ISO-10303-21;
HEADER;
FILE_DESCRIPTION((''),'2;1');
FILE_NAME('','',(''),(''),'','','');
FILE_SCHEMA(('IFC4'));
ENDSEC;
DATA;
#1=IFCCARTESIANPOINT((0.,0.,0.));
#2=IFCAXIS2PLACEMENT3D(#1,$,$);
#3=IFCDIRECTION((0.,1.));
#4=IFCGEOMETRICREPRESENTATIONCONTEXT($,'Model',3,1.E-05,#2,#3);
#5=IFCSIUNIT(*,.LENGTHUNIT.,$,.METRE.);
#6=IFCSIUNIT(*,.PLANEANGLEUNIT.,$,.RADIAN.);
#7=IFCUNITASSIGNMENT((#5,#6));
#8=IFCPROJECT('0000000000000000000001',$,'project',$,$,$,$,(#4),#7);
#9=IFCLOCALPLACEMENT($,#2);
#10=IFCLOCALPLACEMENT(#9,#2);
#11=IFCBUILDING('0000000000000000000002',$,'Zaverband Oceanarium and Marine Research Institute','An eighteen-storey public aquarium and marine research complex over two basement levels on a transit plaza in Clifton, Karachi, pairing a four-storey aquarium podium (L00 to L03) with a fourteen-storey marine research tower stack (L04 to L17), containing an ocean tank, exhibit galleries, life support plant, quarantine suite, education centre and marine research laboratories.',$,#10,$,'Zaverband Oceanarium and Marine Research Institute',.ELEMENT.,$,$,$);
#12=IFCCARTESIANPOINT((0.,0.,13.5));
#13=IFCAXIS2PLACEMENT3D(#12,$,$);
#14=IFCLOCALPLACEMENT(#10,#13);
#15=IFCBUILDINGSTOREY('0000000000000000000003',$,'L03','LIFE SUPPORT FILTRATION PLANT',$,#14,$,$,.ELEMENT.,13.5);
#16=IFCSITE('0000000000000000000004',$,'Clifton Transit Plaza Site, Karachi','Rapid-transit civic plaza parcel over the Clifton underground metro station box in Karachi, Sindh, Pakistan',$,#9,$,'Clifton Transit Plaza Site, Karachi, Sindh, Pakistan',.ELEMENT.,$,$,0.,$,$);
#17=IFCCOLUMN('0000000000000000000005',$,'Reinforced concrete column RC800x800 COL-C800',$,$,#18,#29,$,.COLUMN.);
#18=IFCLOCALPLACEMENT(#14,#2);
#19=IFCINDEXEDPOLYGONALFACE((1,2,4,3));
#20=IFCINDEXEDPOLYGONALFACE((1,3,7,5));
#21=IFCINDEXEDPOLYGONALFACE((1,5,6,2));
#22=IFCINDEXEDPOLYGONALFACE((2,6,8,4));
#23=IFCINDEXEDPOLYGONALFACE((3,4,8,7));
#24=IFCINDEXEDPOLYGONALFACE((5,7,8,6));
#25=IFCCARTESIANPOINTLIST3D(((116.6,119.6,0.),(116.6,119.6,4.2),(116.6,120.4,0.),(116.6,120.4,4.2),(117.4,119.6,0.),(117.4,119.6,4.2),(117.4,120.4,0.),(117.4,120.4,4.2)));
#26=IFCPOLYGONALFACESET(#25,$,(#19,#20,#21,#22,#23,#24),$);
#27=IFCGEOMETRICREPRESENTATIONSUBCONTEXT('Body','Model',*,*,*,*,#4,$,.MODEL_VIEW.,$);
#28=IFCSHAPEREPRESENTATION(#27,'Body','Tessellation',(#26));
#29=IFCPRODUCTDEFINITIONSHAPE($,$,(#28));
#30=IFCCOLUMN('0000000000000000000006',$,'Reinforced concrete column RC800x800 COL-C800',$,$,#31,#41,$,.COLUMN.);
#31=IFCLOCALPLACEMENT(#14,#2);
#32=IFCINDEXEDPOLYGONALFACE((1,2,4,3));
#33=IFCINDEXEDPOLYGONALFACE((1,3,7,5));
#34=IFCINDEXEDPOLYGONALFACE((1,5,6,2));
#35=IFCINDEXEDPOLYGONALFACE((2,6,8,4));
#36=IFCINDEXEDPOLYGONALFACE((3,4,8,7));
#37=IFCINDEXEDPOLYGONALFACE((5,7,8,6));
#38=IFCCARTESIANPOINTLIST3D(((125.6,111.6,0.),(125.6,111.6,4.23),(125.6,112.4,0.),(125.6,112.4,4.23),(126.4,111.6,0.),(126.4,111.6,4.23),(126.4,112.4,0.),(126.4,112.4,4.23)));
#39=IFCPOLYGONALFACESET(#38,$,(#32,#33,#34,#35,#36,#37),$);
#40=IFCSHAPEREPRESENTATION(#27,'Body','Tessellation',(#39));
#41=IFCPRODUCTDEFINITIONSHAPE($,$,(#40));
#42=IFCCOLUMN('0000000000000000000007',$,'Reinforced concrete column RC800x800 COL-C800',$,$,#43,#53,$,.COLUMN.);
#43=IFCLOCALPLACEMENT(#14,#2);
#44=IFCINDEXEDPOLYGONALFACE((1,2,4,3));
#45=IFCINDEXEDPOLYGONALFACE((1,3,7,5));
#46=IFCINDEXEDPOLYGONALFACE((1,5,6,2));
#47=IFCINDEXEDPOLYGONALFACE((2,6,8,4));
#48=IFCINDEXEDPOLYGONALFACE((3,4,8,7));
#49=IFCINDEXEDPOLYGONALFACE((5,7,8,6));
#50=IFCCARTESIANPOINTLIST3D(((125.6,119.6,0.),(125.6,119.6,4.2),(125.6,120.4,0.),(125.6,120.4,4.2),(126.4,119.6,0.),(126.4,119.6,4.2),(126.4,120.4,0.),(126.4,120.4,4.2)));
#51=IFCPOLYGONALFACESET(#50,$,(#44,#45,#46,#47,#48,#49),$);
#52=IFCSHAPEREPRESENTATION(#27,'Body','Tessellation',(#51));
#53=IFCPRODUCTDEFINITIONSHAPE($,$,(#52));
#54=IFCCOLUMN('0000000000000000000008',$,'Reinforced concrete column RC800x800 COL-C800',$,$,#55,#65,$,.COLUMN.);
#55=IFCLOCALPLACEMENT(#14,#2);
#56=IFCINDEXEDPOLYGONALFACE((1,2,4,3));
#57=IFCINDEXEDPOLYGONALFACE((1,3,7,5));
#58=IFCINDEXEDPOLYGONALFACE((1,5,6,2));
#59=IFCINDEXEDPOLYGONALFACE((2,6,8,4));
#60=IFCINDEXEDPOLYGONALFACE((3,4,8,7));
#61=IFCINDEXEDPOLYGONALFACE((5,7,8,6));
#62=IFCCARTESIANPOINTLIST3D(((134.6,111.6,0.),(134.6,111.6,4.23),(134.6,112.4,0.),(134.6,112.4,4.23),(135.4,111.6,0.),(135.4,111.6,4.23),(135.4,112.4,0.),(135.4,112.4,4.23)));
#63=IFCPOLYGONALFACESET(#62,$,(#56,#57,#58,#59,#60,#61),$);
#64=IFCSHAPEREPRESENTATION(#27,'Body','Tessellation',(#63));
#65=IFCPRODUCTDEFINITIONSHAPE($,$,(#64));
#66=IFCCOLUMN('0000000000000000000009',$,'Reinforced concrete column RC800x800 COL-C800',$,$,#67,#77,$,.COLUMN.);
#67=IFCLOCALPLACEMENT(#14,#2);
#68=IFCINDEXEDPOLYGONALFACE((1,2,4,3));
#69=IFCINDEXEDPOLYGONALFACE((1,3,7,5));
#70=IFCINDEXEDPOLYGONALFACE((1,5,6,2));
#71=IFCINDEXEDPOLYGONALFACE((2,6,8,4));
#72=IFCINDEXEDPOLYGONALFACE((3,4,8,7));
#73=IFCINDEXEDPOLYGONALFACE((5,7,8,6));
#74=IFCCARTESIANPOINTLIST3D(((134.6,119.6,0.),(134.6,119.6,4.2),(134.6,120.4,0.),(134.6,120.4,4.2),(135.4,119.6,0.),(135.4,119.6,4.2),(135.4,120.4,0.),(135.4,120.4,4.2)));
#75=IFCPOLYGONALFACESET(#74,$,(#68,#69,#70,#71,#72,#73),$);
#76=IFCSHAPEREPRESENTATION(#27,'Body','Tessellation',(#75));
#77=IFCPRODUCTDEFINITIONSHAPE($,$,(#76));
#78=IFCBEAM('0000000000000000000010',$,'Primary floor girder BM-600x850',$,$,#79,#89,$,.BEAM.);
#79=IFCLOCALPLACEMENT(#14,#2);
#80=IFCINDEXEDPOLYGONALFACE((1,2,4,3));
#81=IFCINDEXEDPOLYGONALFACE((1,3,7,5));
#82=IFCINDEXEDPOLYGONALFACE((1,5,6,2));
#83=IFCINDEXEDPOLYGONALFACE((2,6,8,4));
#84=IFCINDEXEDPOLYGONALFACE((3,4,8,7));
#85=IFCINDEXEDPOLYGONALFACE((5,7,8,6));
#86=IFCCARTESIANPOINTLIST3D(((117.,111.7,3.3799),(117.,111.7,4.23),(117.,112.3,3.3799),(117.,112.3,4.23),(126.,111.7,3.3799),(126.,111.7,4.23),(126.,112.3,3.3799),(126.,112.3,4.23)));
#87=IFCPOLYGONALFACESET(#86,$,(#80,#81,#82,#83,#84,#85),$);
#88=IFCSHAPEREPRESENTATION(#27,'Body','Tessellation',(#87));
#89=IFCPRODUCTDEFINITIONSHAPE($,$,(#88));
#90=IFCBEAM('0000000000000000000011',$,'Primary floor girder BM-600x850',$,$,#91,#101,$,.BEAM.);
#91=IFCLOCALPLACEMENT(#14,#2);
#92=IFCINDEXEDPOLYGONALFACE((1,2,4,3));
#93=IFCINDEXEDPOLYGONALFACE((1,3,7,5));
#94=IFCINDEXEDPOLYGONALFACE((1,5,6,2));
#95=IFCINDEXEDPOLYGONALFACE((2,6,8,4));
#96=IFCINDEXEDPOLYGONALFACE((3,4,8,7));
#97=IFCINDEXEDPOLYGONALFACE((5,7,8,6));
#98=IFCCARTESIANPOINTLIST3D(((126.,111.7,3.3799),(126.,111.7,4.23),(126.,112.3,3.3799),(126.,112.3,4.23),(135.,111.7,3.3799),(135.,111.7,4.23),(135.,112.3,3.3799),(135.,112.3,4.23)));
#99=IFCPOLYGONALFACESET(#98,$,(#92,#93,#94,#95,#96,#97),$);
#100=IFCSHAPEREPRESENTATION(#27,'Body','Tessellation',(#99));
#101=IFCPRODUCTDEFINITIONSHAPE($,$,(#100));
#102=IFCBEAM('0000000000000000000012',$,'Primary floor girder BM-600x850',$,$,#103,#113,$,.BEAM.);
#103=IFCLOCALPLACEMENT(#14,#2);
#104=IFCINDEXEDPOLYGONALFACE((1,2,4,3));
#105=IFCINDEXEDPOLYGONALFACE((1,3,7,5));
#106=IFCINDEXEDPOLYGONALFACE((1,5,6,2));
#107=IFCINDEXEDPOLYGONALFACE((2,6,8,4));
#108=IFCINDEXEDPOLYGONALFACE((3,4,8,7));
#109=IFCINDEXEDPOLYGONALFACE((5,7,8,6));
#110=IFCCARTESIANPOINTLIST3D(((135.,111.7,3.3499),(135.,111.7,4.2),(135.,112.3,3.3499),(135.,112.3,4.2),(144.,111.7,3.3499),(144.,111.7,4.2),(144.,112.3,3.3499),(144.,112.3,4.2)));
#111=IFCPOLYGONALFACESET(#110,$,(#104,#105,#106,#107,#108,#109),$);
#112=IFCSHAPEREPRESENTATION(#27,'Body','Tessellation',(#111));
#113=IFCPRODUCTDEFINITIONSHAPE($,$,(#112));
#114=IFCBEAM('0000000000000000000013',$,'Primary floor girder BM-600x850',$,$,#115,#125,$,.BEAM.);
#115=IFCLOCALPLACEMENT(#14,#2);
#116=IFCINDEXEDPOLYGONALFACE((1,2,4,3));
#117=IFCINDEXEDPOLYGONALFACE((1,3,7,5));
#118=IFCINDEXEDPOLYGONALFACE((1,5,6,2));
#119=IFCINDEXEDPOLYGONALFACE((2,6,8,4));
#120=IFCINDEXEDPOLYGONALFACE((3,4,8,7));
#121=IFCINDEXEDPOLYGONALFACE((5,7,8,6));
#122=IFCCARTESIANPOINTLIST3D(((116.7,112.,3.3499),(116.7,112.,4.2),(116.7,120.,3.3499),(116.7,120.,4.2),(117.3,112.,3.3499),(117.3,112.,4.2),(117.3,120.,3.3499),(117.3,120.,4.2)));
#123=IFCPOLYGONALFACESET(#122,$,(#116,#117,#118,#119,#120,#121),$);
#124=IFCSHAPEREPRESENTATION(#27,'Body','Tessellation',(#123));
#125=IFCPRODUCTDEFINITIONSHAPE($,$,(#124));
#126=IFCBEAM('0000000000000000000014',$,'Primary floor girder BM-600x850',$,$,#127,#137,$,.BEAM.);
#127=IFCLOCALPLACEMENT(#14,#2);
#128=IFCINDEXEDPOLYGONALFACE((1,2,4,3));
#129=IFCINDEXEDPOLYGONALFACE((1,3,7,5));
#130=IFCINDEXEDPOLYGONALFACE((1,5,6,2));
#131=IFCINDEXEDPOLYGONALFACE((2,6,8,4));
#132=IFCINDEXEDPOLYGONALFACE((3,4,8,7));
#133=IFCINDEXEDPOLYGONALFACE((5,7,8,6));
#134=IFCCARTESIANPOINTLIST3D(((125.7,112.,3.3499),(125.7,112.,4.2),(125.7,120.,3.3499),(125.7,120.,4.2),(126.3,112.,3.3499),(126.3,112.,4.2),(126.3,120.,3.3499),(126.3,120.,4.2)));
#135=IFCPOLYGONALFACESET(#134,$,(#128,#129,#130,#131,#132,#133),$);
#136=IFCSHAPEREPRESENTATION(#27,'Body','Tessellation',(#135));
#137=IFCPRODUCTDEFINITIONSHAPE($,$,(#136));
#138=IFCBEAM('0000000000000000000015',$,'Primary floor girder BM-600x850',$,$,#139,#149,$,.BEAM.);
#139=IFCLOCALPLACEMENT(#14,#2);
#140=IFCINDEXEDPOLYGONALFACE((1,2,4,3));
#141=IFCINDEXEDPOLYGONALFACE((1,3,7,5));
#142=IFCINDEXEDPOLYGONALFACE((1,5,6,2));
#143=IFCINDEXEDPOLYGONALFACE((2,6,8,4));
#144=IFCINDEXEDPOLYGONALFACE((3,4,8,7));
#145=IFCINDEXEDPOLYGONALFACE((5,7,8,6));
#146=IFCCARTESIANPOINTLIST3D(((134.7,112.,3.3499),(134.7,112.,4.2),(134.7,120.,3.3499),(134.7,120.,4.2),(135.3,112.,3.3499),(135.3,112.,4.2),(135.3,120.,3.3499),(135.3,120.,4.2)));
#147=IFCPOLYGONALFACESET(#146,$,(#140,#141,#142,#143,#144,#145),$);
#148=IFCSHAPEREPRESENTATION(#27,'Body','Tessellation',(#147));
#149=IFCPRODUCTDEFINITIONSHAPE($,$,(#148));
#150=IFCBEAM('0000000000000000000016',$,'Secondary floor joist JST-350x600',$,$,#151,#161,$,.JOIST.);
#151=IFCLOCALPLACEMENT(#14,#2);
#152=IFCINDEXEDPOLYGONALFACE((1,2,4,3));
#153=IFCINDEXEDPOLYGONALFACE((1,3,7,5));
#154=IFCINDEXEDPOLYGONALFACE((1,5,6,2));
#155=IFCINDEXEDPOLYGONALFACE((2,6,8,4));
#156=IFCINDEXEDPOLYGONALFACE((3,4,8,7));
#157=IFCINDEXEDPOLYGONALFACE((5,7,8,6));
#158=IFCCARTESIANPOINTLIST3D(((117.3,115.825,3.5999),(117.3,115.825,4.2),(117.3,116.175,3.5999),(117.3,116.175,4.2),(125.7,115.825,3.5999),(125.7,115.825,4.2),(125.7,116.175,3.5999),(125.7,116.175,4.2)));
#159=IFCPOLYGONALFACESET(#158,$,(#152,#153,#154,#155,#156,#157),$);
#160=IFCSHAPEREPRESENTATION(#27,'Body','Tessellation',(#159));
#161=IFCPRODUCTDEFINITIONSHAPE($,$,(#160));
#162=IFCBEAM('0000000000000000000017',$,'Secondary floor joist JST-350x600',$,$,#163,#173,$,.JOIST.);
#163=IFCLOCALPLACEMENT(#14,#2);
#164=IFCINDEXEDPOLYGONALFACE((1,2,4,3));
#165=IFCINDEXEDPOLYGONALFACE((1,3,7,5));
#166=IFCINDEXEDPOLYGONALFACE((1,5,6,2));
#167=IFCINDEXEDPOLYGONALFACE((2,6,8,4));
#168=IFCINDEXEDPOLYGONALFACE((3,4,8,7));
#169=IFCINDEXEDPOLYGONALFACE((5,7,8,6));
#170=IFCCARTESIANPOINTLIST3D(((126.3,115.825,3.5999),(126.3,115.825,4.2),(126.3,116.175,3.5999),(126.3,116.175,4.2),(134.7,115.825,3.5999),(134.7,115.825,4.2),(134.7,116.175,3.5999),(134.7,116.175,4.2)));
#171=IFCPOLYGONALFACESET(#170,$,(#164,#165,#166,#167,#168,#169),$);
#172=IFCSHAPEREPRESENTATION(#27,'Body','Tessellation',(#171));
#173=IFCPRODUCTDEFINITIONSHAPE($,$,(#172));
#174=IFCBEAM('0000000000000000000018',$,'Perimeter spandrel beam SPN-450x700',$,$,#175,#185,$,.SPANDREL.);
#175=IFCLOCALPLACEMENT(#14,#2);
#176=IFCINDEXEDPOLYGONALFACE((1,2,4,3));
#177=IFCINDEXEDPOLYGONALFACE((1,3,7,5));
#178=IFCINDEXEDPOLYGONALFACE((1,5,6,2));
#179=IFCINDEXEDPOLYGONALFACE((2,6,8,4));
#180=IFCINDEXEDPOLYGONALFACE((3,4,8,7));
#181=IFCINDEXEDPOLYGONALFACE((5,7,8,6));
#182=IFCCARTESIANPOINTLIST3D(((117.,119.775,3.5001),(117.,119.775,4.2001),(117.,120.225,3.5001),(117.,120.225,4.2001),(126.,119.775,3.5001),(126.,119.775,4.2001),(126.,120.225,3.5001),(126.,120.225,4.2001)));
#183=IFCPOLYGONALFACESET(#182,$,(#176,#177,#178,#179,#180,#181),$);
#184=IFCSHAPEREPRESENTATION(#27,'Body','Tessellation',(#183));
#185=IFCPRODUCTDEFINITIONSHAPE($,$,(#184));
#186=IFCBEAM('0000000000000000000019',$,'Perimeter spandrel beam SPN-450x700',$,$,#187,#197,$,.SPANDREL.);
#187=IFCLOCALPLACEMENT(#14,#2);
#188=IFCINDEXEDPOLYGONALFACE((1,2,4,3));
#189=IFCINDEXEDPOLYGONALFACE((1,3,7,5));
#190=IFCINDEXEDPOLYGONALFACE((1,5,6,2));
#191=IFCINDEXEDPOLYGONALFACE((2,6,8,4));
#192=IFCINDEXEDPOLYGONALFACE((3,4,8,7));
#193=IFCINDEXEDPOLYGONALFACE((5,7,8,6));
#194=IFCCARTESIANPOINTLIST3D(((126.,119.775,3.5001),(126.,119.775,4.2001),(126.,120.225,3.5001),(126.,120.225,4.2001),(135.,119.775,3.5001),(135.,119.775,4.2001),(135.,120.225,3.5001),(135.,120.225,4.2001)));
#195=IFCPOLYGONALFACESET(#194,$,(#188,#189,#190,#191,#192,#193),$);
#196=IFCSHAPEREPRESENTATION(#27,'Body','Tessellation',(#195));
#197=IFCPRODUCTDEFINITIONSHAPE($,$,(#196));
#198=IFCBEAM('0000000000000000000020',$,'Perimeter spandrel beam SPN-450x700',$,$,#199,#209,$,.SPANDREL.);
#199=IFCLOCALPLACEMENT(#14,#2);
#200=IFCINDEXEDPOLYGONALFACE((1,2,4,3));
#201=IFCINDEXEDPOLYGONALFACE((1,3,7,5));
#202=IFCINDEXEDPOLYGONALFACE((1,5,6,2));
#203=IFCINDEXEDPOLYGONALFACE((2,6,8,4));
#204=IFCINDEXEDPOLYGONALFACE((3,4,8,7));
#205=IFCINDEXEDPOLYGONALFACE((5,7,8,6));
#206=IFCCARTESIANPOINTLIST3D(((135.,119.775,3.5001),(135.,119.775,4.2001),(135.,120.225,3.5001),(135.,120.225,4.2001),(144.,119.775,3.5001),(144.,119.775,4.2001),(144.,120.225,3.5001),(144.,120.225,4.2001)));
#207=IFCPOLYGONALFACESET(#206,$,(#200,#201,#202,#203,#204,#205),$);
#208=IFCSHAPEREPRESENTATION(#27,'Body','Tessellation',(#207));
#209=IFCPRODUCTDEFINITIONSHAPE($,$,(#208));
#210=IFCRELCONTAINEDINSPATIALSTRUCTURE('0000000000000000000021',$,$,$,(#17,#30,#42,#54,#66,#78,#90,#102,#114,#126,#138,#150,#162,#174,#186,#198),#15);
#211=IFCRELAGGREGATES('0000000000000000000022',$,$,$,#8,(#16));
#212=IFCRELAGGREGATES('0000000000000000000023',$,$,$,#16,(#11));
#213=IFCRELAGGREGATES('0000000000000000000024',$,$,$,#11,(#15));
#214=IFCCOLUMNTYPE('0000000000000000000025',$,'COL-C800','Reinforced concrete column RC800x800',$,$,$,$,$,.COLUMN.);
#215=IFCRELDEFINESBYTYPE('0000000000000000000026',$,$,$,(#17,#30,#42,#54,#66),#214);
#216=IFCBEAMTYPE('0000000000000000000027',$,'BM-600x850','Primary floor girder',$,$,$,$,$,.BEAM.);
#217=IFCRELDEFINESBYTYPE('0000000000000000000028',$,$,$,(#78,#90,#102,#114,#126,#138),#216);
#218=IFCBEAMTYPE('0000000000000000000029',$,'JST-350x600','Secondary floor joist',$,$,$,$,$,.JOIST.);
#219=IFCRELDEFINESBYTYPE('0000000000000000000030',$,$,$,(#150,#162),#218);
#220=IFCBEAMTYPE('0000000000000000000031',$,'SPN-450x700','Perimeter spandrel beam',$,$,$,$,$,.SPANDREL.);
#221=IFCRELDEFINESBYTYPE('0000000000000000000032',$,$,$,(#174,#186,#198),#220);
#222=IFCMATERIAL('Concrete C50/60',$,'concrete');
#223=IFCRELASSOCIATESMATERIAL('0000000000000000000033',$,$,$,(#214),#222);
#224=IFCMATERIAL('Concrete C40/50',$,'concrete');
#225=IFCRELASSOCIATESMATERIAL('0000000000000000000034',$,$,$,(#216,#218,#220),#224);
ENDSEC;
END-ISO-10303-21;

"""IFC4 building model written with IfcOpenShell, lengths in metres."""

from ifc_helpers import new_model, si_unit, direction, frame, origin, origin_2d, place, context, subcontext, project, spatial, rectangle, extrude, material, material_profile, profile_set, type_object, element, save


model = new_model("IFC4")

# Units and contexts
model_context = context("Model", 3, precision=1e-05, world=origin(), true_north=direction((0.0, 1.0)))
body_context = subcontext(model_context, "Body", "Model", "MODEL_VIEW")
ifc_project = project(units=[si_unit("LENGTHUNIT", "METRE"), si_unit("PLANEANGLEUNIT", "RADIAN")], contexts=[model_context])

# Site, building, storey
site_placement = place(None, origin())
site = spatial("IfcSite", under=ifc_project, at=site_placement, Name="Clifton Transit Plaza Site, Karachi", Description="Rapid-transit civic plaza parcel over the Clifton underground metro station box in Karachi, Sindh, Pakistan", LongName="Clifton Transit Plaza Site, Karachi, Sindh, Pakistan", CompositionType="ELEMENT", RefElevation=0.0)
building_placement = place(site_placement, origin())
building = spatial("IfcBuilding", under=site, at=building_placement, Name="Zaverband Oceanarium and Marine Research Institute", Description="An eighteen-storey public aquarium and marine research complex over two basement levels on a transit plaza in Clifton, Karachi, pairing a four-storey aquarium podium (L00 to L03) with a fourteen-storey marine research tower stack (L04 to L17), containing an ocean tank, exhibit galleries, life support plant, quarantine suite, education centre and marine research laboratories.", LongName="Zaverband Oceanarium and Marine Research Institute", CompositionType="ELEMENT")
storey_placement = place(building_placement, frame((0.0, 0.0, 13.5)))
storey = spatial("IfcBuildingStorey", under=building, at=storey_placement, Name="L03", Description="LIFE SUPPORT FILTRATION PLANT", CompositionType="ELEMENT", Elevation=13.5)

# Columns
ifc_material_1 = material(Name="Concrete C50/60", Category="concrete")
ifc_material_profile_1 = material_profile(ifc_material_1, rectangle(XDim=0.8, YDim=0.8, at=origin_2d()), Name="RC800x800")
ifc_profile_set_1 = profile_set([ifc_material_profile_1], Name="Concrete C50/60")
column_type = type_object("IfcColumnType", Name="COL-C800", Description="Reinforced concrete column RC800x800", PredefinedType="COLUMN", material=ifc_profile_set_1)
column_1_placement = place(storey_placement, frame((117.0, 120.0, 0.0), z_axis=(0.0, 0.0, 1.0), x_axis=(1.0, 0.0, 0.0)))
element("IfcColumn", 1, at=column_1_placement, inside=storey, type_object=column_type, Name="Reinforced concrete column RC800x800 COL-C800", PredefinedType="COLUMN", context=body_context, shape_type="SweptSolid", body=[
    extrude(rectangle(XDim=0.8, YDim=0.8, at=origin_2d()), origin(), (0.0, 0.0, 1.0), 4.2),
])
column_2_placement = place(storey_placement, frame((126.0, 112.0, 0.0), z_axis=(0.0, 0.0, 1.0), x_axis=(1.0, 0.0, 0.0)))
element("IfcColumn", 2, at=column_2_placement, inside=storey, type_object=column_type, Name="Reinforced concrete column RC800x800 COL-C800", PredefinedType="COLUMN", context=body_context, shape_type="SweptSolid", body=[
    extrude(rectangle(XDim=0.8, YDim=0.8, at=origin_2d()), origin(), (0.0, 0.0, 1.0), 4.23),
])
column_3_placement = place(storey_placement, frame((126.0, 120.0, 0.0), z_axis=(0.0, 0.0, 1.0), x_axis=(1.0, 0.0, 0.0)))
element("IfcColumn", 3, at=column_3_placement, inside=storey, type_object=column_type, Name="Reinforced concrete column RC800x800 COL-C800", PredefinedType="COLUMN", context=body_context, shape_type="SweptSolid", body=[
    extrude(rectangle(XDim=0.8, YDim=0.8, at=origin_2d()), origin(), (0.0, 0.0, 1.0), 4.2),
])
column_4_placement = place(storey_placement, frame((135.0, 112.0, 0.0), z_axis=(0.0, 0.0, 1.0), x_axis=(1.0, 0.0, 0.0)))
element("IfcColumn", 4, at=column_4_placement, inside=storey, type_object=column_type, Name="Reinforced concrete column RC800x800 COL-C800", PredefinedType="COLUMN", context=body_context, shape_type="SweptSolid", body=[
    extrude(rectangle(XDim=0.8, YDim=0.8, at=origin_2d()), origin(), (0.0, 0.0, 1.0), 4.23),
])
column_5_placement = place(storey_placement, frame((135.0, 120.0, 0.0), z_axis=(0.0, 0.0, 1.0), x_axis=(1.0, 0.0, 0.0)))
element("IfcColumn", 5, at=column_5_placement, inside=storey, type_object=column_type, Name="Reinforced concrete column RC800x800 COL-C800", PredefinedType="COLUMN", context=body_context, shape_type="SweptSolid", body=[
    extrude(rectangle(XDim=0.8, YDim=0.8, at=origin_2d()), origin(), (0.0, 0.0, 1.0), 4.2),
])

# Beams
ifc_material_2 = material(Name="Concrete C40/50", Category="concrete")
ifc_material_profile_2 = material_profile(ifc_material_2, rectangle(XDim=0.6001, YDim=0.8501, at=origin_2d()), Name="RC600x850")
ifc_profile_set_2 = profile_set([ifc_material_profile_2], Name="Concrete C40/50")
beam_type_1 = type_object("IfcBeamType", Name="BM-600x850", Description="Primary floor girder", PredefinedType="BEAM", material=ifc_profile_set_2)
for number, where, z_axis, x_axis, name in (
    (6, (117.0, 112.0, 3.8049), (1.0, 0.0, 0.0), (0.0, 1.0, 0.0), "Primary floor girder BM-600x850"),
    (7, (126.0, 112.0, 3.8049), (1.0, 0.0, 0.0), (0.0, 1.0, 0.0), "Primary floor girder BM-600x850"),
    (8, (135.0, 112.0, 3.7749), (1.0, 0.0, 0.0), (0.0, 1.0, 0.0), "Primary floor girder BM-600x850"),
):
    element("IfcBeam", number, at=place(storey_placement, frame(where, z_axis=z_axis, x_axis=x_axis)), inside=storey, type_object=beam_type_1, Name=name, PredefinedType="BEAM", context=body_context, shape_type="SweptSolid", body=[
        extrude(rectangle(XDim=0.6001, YDim=0.8501, at=origin_2d()), origin(), (0.0, 0.0, 1.0), 9.0),
    ])
for number, where, z_axis, x_axis, name in (
    (9, (117.0, 112.0, 3.7749), (0.0, 1.0, 0.0), (-1.0, 0.0, 0.0), "Primary floor girder BM-600x850"),
    (10, (126.0, 112.0, 3.7749), (0.0, 1.0, 0.0), (-1.0, 0.0, 0.0), "Primary floor girder BM-600x850"),
    (11, (135.0, 112.0, 3.7749), (0.0, 1.0, 0.0), (-1.0, 0.0, 0.0), "Primary floor girder BM-600x850"),
):
    element("IfcBeam", number, at=place(storey_placement, frame(where, z_axis=z_axis, x_axis=x_axis)), inside=storey, type_object=beam_type_1, Name=name, PredefinedType="BEAM", context=body_context, shape_type="SweptSolid", body=[
        extrude(rectangle(XDim=0.6001, YDim=0.8501, at=origin_2d()), origin(), (0.0, 0.0, 1.0), 8.0),
    ])
ifc_material_profile_3 = material_profile(ifc_material_2, rectangle(XDim=0.3501, YDim=0.6001, at=origin_2d()), Name="RC350x600")
ifc_profile_set_3 = profile_set([ifc_material_profile_3], Name="Concrete C40/50")
beam_type_2 = type_object("IfcBeamType", Name="JST-350x600", Description="Secondary floor joist", PredefinedType="JOIST", material=ifc_profile_set_3)
for number, where, z_axis, x_axis, name in (
    (12, (117.3, 116.0, 3.8999), (1.0, 0.0, 0.0), (0.0, 1.0, 0.0), "Secondary floor joist JST-350x600"),
    (13, (126.3, 116.0, 3.8999), (1.0, 0.0, 0.0), (0.0, 1.0, 0.0), "Secondary floor joist JST-350x600"),
):
    element("IfcBeam", number, at=place(storey_placement, frame(where, z_axis=z_axis, x_axis=x_axis)), inside=storey, type_object=beam_type_2, Name=name, PredefinedType="JOIST", context=body_context, shape_type="SweptSolid", body=[
        extrude(rectangle(XDim=0.3501, YDim=0.6001, at=origin_2d()), origin(), (0.0, 0.0, 1.0), 8.3999),
    ])
ifc_material_profile_4 = material_profile(ifc_material_2, rectangle(XDim=0.45, YDim=0.7, at=origin_2d()), Name="RC450x700")
ifc_profile_set_4 = profile_set([ifc_material_profile_4], Name="Concrete C40/50")
beam_type_3 = type_object("IfcBeamType", Name="SPN-450x700", Description="Perimeter spandrel beam", PredefinedType="SPANDREL", material=ifc_profile_set_4)
for number, where, z_axis, x_axis, name in (
    (14, (117.0, 120.0, 3.8501), (1.0, 0.0, 0.0), (0.0, 1.0, 0.0), "Perimeter spandrel beam SPN-450x700"),
    (15, (126.0, 120.0, 3.8501), (1.0, 0.0, 0.0), (0.0, 1.0, 0.0), "Perimeter spandrel beam SPN-450x700"),
    (16, (135.0, 120.0, 3.8501), (1.0, 0.0, 0.0), (0.0, 1.0, 0.0), "Perimeter spandrel beam SPN-450x700"),
):
    element("IfcBeam", number, at=place(storey_placement, frame(where, z_axis=z_axis, x_axis=x_axis)), inside=storey, type_object=beam_type_3, Name=name, PredefinedType="SPANDREL", context=body_context, shape_type="SweptSolid", body=[
        extrude(rectangle(XDim=0.45, YDim=0.7, at=origin_2d()), origin(), (0.0, 0.0, 1.0), 9.0),
    ])

save(model, "model.ifc")
